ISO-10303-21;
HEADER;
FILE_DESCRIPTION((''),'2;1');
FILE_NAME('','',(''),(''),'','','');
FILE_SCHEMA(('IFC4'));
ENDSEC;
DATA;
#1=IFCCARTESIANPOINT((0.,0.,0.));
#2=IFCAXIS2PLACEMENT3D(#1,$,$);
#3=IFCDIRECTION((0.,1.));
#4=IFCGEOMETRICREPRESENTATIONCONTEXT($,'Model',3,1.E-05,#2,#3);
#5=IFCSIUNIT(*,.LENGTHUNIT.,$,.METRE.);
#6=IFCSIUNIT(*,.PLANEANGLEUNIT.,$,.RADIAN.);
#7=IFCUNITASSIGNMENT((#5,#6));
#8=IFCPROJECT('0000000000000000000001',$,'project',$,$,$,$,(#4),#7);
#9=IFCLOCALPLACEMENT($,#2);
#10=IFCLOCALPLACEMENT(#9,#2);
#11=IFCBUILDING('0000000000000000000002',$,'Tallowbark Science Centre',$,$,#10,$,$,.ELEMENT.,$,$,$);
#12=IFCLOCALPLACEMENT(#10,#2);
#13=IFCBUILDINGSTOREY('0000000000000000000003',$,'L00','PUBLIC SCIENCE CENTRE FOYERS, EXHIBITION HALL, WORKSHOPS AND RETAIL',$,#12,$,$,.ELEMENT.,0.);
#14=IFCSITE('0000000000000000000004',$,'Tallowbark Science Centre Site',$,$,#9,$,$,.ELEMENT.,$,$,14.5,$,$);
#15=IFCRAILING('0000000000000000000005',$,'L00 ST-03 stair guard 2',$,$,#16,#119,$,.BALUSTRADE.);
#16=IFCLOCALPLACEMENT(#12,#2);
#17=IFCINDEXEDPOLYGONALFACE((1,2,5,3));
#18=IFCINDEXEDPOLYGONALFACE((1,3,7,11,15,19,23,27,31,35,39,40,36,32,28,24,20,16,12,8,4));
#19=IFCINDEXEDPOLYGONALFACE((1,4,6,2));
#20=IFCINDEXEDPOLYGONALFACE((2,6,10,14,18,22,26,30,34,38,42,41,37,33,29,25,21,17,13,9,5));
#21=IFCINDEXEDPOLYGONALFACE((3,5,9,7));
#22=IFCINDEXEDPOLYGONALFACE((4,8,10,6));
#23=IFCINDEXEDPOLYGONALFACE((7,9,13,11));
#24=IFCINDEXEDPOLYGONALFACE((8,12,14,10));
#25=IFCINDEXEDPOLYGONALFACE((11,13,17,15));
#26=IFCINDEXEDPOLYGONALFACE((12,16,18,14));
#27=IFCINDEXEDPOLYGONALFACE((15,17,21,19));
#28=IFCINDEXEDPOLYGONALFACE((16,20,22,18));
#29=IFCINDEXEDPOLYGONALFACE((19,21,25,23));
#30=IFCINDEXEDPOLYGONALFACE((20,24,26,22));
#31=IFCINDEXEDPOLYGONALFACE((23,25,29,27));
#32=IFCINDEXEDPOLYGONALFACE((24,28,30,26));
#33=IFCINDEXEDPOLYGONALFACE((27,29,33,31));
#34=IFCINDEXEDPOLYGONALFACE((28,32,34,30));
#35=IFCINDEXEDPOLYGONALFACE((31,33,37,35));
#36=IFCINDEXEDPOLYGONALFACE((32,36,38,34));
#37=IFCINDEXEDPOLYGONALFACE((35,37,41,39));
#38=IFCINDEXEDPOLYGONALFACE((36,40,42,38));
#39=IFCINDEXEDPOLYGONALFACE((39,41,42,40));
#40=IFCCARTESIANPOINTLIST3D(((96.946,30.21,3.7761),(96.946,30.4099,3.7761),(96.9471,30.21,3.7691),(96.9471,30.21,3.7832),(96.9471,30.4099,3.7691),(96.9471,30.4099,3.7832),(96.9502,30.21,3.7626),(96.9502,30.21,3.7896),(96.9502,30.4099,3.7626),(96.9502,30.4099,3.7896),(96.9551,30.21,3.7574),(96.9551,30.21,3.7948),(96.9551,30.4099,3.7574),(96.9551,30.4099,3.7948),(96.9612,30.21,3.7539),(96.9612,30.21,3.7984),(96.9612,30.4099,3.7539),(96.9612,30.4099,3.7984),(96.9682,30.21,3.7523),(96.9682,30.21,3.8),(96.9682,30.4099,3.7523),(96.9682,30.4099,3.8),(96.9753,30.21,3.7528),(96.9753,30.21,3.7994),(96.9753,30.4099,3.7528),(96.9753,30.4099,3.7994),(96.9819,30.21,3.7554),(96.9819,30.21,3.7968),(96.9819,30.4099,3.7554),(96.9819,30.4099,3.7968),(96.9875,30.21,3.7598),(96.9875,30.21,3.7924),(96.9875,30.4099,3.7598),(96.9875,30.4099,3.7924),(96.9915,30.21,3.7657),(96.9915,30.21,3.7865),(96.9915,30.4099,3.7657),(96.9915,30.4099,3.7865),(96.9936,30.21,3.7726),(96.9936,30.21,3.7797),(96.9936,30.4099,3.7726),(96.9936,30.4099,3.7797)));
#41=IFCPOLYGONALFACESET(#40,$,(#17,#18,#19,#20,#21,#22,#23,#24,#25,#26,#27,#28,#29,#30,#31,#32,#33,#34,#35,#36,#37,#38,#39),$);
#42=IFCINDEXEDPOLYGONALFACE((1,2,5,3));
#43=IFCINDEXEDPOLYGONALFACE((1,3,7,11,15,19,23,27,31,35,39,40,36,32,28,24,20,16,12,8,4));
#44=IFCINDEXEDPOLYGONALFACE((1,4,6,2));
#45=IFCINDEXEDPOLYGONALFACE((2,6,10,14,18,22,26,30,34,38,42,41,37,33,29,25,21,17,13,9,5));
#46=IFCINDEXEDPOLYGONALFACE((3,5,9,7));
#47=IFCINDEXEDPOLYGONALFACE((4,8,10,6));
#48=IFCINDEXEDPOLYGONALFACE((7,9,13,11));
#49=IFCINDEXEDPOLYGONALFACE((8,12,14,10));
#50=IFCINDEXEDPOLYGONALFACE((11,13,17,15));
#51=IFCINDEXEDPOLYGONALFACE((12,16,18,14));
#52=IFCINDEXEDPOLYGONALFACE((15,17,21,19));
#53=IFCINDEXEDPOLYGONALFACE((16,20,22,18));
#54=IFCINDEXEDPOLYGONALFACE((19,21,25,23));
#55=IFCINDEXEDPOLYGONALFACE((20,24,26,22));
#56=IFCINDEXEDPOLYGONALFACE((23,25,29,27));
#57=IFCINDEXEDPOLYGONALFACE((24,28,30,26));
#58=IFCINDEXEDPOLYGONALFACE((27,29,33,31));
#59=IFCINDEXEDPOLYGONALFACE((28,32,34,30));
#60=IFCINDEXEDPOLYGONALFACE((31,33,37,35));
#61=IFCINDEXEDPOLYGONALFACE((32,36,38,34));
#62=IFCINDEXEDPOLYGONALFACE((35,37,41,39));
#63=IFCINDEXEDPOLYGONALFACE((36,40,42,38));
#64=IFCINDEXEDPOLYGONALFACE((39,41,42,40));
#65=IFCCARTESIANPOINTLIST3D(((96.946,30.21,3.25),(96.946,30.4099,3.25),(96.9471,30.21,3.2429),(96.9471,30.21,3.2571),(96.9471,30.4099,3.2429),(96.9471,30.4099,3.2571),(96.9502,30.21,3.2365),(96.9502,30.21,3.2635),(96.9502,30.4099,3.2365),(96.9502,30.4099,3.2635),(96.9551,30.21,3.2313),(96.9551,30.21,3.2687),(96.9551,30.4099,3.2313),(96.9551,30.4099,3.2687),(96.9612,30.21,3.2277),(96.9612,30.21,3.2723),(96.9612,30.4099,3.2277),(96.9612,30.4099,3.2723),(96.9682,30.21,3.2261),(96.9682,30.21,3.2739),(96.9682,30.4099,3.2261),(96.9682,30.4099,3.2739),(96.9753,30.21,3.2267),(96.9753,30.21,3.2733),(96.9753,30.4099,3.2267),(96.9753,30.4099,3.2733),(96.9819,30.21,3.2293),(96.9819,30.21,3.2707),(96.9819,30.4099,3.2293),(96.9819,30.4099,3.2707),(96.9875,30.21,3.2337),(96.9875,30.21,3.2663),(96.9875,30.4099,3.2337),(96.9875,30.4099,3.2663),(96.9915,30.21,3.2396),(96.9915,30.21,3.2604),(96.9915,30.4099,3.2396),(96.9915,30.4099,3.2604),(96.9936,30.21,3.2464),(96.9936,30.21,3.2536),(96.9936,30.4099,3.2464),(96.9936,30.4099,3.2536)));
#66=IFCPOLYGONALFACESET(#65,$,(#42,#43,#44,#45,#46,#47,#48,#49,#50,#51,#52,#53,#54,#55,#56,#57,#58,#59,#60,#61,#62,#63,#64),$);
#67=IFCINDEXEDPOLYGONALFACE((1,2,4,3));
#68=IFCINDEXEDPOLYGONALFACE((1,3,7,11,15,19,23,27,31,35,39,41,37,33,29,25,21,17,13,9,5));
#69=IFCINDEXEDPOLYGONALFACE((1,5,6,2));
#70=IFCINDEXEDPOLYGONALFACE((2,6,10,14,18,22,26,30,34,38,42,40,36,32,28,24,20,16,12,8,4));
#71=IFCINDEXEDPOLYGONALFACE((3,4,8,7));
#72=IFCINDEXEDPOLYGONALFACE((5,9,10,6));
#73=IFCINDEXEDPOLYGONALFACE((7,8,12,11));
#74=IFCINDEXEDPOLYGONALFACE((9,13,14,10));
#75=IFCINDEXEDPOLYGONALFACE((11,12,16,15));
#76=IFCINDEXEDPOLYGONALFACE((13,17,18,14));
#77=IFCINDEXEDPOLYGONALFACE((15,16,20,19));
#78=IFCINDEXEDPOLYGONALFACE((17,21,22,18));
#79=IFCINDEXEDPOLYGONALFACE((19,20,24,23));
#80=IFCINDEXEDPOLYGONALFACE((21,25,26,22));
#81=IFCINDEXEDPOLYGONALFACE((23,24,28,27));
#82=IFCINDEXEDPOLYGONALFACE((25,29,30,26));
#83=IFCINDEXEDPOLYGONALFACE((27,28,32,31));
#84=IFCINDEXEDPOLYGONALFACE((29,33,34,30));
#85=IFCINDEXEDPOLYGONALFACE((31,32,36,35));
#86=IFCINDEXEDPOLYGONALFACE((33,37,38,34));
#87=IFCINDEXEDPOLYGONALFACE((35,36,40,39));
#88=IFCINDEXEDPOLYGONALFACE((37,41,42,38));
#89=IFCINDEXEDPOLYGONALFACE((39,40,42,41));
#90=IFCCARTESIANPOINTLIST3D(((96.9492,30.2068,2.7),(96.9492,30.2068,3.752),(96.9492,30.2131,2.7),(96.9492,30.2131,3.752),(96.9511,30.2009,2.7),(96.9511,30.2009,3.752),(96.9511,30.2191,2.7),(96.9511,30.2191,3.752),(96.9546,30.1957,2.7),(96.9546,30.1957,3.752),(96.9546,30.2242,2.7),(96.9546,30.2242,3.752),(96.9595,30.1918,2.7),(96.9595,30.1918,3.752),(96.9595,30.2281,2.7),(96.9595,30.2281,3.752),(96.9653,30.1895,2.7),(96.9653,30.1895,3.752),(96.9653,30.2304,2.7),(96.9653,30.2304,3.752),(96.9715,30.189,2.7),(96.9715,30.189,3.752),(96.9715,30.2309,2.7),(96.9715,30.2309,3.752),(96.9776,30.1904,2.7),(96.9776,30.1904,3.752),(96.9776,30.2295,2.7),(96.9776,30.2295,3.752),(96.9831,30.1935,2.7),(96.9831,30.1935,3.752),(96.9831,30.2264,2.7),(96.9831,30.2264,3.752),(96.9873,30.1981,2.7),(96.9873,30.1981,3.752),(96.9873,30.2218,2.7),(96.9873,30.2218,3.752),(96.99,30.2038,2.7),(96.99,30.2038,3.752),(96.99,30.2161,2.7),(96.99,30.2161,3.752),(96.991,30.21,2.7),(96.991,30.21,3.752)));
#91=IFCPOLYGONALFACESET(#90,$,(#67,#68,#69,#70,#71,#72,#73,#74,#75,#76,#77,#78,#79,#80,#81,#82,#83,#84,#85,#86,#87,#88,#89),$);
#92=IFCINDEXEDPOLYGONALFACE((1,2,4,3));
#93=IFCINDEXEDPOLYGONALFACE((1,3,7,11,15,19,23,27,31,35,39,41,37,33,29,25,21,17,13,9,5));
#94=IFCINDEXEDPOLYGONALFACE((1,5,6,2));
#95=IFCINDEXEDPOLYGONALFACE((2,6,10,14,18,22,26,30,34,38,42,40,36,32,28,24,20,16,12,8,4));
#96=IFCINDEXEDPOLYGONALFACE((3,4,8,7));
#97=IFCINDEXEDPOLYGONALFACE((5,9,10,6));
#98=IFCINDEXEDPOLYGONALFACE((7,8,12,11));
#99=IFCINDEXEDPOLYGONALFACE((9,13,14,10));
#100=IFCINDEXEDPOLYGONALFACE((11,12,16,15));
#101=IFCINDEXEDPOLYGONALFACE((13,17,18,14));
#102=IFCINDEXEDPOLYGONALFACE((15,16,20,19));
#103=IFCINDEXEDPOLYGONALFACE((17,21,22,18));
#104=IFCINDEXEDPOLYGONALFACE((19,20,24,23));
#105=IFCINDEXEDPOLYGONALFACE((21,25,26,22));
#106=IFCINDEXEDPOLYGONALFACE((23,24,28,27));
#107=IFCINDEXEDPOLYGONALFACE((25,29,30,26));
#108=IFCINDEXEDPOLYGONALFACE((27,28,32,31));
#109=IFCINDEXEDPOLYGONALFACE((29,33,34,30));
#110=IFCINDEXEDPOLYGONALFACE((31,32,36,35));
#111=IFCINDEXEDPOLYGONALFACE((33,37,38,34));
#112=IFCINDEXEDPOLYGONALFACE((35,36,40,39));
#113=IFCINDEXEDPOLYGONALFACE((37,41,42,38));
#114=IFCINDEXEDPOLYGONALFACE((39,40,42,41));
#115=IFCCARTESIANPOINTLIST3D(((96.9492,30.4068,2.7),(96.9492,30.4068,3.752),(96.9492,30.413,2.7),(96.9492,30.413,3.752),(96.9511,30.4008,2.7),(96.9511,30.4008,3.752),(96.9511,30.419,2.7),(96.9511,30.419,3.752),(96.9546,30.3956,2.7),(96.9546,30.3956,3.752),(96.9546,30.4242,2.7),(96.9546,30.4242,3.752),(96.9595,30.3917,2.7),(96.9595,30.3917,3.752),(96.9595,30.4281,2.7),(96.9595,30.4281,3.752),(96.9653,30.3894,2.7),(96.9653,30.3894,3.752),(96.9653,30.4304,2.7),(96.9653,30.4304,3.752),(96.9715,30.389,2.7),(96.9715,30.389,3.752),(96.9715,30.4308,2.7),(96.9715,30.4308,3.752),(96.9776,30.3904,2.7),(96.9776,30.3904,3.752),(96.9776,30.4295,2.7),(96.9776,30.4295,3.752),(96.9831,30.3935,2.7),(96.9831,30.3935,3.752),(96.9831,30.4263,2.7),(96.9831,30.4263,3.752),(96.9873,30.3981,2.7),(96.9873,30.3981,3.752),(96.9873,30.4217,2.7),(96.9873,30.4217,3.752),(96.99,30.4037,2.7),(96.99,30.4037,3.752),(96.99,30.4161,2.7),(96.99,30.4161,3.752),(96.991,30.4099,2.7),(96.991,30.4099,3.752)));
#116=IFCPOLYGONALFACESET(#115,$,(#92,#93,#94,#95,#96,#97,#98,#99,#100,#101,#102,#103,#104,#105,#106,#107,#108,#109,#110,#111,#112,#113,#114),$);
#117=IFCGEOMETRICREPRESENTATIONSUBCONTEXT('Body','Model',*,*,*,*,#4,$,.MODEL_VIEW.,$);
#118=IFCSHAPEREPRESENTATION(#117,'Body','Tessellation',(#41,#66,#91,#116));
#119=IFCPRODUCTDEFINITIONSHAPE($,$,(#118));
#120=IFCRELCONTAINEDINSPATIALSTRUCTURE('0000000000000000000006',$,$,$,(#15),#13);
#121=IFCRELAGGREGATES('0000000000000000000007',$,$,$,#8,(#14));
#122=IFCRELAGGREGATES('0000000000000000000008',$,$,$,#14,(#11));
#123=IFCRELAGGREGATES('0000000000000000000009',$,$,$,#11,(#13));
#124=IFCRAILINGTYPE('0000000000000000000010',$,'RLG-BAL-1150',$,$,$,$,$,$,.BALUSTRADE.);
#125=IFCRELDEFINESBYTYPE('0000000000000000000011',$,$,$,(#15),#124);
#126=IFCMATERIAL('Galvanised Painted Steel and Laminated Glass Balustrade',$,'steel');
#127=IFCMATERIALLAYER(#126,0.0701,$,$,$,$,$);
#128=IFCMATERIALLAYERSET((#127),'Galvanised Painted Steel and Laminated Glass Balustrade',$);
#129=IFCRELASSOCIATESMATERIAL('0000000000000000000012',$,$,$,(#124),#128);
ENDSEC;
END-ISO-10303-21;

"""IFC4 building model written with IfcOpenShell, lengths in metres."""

from ifc_helpers import new_model, si_unit, direction, frame, origin, origin_2d, place, context, subcontext, project, spatial, circle, extrude, material, layer, layer_set, type_object, element, save


model = new_model("IFC4")

# Units and contexts
model_context = context("Model", 3, precision=1e-05, world=origin(), true_north=direction((0.0, 1.0)))
body_context = subcontext(model_context, "Body", "Model", "MODEL_VIEW")
ifc_project = project(units=[si_unit("LENGTHUNIT", "METRE"), si_unit("PLANEANGLEUNIT", "RADIAN")], contexts=[model_context])

# Site, building, storey
site_placement = place(None, origin())
site = spatial("IfcSite", under=ifc_project, at=site_placement, Name="Tallowbark Science Centre Site", CompositionType="ELEMENT", RefElevation=14.5)
building_placement = place(site_placement, origin())
building = spatial("IfcBuilding", under=site, at=building_placement, Name="Tallowbark Science Centre", CompositionType="ELEMENT")
storey_placement = place(building_placement, origin())
storey = spatial("IfcBuildingStorey", under=building, at=storey_placement, Name="L00", Description="PUBLIC SCIENCE CENTRE FOYERS, EXHIBITION HALL, WORKSHOPS AND RETAIL", CompositionType="ELEMENT", Elevation=0.0)

# Railing
ifc_material_1 = material(Name="Galvanised Painted Steel and Laminated Glass Balustrade", Category="steel")
ifc_layer_1 = layer(ifc_material_1, 0.0701)
ifc_layer_set_1 = layer_set([ifc_layer_1], Name="Galvanised Painted Steel and Laminated Glass Balustrade")
railing_type = type_object("IfcRailingType", Name="RLG-BAL-1150", PredefinedType="BALUSTRADE", material=ifc_layer_set_1)
railing_1_placement = place(storey_placement, frame((96.97, 30.21, 2.7)))
element("IfcRailing", 1, at=railing_1_placement, inside=storey, type_object=railing_type, Name="L00 ST-03 stair guard 2", PredefinedType="BALUSTRADE", context=body_context, shape_type="SweptSolid", body=[
    extrude(circle(Radius=0.0239, at=origin_2d()), frame((0.0, 0.0, 1.0762), z_axis=(0.0, 1.0, 0.0), x_axis=(-1.0, 0.0, 0.0)), (0.0, 0.0, 1.0), 0.2),
    extrude(circle(Radius=0.0239, at=origin_2d()), frame((0.0, 0.0, 0.55), z_axis=(0.0, 1.0, 0.0), x_axis=(-1.0, 0.0, 0.0)), (0.0, 0.0, 1.0), 0.2),
    extrude(circle(Radius=0.021, at=origin_2d()), origin(), (0.0, 0.0, 1.0), 1.052),
    extrude(circle(Radius=0.021, at=origin_2d()), frame((0.0, 0.2, 0.0)), (0.0, 0.0, 1.0), 1.052),
])

save(model, "model.ifc")
